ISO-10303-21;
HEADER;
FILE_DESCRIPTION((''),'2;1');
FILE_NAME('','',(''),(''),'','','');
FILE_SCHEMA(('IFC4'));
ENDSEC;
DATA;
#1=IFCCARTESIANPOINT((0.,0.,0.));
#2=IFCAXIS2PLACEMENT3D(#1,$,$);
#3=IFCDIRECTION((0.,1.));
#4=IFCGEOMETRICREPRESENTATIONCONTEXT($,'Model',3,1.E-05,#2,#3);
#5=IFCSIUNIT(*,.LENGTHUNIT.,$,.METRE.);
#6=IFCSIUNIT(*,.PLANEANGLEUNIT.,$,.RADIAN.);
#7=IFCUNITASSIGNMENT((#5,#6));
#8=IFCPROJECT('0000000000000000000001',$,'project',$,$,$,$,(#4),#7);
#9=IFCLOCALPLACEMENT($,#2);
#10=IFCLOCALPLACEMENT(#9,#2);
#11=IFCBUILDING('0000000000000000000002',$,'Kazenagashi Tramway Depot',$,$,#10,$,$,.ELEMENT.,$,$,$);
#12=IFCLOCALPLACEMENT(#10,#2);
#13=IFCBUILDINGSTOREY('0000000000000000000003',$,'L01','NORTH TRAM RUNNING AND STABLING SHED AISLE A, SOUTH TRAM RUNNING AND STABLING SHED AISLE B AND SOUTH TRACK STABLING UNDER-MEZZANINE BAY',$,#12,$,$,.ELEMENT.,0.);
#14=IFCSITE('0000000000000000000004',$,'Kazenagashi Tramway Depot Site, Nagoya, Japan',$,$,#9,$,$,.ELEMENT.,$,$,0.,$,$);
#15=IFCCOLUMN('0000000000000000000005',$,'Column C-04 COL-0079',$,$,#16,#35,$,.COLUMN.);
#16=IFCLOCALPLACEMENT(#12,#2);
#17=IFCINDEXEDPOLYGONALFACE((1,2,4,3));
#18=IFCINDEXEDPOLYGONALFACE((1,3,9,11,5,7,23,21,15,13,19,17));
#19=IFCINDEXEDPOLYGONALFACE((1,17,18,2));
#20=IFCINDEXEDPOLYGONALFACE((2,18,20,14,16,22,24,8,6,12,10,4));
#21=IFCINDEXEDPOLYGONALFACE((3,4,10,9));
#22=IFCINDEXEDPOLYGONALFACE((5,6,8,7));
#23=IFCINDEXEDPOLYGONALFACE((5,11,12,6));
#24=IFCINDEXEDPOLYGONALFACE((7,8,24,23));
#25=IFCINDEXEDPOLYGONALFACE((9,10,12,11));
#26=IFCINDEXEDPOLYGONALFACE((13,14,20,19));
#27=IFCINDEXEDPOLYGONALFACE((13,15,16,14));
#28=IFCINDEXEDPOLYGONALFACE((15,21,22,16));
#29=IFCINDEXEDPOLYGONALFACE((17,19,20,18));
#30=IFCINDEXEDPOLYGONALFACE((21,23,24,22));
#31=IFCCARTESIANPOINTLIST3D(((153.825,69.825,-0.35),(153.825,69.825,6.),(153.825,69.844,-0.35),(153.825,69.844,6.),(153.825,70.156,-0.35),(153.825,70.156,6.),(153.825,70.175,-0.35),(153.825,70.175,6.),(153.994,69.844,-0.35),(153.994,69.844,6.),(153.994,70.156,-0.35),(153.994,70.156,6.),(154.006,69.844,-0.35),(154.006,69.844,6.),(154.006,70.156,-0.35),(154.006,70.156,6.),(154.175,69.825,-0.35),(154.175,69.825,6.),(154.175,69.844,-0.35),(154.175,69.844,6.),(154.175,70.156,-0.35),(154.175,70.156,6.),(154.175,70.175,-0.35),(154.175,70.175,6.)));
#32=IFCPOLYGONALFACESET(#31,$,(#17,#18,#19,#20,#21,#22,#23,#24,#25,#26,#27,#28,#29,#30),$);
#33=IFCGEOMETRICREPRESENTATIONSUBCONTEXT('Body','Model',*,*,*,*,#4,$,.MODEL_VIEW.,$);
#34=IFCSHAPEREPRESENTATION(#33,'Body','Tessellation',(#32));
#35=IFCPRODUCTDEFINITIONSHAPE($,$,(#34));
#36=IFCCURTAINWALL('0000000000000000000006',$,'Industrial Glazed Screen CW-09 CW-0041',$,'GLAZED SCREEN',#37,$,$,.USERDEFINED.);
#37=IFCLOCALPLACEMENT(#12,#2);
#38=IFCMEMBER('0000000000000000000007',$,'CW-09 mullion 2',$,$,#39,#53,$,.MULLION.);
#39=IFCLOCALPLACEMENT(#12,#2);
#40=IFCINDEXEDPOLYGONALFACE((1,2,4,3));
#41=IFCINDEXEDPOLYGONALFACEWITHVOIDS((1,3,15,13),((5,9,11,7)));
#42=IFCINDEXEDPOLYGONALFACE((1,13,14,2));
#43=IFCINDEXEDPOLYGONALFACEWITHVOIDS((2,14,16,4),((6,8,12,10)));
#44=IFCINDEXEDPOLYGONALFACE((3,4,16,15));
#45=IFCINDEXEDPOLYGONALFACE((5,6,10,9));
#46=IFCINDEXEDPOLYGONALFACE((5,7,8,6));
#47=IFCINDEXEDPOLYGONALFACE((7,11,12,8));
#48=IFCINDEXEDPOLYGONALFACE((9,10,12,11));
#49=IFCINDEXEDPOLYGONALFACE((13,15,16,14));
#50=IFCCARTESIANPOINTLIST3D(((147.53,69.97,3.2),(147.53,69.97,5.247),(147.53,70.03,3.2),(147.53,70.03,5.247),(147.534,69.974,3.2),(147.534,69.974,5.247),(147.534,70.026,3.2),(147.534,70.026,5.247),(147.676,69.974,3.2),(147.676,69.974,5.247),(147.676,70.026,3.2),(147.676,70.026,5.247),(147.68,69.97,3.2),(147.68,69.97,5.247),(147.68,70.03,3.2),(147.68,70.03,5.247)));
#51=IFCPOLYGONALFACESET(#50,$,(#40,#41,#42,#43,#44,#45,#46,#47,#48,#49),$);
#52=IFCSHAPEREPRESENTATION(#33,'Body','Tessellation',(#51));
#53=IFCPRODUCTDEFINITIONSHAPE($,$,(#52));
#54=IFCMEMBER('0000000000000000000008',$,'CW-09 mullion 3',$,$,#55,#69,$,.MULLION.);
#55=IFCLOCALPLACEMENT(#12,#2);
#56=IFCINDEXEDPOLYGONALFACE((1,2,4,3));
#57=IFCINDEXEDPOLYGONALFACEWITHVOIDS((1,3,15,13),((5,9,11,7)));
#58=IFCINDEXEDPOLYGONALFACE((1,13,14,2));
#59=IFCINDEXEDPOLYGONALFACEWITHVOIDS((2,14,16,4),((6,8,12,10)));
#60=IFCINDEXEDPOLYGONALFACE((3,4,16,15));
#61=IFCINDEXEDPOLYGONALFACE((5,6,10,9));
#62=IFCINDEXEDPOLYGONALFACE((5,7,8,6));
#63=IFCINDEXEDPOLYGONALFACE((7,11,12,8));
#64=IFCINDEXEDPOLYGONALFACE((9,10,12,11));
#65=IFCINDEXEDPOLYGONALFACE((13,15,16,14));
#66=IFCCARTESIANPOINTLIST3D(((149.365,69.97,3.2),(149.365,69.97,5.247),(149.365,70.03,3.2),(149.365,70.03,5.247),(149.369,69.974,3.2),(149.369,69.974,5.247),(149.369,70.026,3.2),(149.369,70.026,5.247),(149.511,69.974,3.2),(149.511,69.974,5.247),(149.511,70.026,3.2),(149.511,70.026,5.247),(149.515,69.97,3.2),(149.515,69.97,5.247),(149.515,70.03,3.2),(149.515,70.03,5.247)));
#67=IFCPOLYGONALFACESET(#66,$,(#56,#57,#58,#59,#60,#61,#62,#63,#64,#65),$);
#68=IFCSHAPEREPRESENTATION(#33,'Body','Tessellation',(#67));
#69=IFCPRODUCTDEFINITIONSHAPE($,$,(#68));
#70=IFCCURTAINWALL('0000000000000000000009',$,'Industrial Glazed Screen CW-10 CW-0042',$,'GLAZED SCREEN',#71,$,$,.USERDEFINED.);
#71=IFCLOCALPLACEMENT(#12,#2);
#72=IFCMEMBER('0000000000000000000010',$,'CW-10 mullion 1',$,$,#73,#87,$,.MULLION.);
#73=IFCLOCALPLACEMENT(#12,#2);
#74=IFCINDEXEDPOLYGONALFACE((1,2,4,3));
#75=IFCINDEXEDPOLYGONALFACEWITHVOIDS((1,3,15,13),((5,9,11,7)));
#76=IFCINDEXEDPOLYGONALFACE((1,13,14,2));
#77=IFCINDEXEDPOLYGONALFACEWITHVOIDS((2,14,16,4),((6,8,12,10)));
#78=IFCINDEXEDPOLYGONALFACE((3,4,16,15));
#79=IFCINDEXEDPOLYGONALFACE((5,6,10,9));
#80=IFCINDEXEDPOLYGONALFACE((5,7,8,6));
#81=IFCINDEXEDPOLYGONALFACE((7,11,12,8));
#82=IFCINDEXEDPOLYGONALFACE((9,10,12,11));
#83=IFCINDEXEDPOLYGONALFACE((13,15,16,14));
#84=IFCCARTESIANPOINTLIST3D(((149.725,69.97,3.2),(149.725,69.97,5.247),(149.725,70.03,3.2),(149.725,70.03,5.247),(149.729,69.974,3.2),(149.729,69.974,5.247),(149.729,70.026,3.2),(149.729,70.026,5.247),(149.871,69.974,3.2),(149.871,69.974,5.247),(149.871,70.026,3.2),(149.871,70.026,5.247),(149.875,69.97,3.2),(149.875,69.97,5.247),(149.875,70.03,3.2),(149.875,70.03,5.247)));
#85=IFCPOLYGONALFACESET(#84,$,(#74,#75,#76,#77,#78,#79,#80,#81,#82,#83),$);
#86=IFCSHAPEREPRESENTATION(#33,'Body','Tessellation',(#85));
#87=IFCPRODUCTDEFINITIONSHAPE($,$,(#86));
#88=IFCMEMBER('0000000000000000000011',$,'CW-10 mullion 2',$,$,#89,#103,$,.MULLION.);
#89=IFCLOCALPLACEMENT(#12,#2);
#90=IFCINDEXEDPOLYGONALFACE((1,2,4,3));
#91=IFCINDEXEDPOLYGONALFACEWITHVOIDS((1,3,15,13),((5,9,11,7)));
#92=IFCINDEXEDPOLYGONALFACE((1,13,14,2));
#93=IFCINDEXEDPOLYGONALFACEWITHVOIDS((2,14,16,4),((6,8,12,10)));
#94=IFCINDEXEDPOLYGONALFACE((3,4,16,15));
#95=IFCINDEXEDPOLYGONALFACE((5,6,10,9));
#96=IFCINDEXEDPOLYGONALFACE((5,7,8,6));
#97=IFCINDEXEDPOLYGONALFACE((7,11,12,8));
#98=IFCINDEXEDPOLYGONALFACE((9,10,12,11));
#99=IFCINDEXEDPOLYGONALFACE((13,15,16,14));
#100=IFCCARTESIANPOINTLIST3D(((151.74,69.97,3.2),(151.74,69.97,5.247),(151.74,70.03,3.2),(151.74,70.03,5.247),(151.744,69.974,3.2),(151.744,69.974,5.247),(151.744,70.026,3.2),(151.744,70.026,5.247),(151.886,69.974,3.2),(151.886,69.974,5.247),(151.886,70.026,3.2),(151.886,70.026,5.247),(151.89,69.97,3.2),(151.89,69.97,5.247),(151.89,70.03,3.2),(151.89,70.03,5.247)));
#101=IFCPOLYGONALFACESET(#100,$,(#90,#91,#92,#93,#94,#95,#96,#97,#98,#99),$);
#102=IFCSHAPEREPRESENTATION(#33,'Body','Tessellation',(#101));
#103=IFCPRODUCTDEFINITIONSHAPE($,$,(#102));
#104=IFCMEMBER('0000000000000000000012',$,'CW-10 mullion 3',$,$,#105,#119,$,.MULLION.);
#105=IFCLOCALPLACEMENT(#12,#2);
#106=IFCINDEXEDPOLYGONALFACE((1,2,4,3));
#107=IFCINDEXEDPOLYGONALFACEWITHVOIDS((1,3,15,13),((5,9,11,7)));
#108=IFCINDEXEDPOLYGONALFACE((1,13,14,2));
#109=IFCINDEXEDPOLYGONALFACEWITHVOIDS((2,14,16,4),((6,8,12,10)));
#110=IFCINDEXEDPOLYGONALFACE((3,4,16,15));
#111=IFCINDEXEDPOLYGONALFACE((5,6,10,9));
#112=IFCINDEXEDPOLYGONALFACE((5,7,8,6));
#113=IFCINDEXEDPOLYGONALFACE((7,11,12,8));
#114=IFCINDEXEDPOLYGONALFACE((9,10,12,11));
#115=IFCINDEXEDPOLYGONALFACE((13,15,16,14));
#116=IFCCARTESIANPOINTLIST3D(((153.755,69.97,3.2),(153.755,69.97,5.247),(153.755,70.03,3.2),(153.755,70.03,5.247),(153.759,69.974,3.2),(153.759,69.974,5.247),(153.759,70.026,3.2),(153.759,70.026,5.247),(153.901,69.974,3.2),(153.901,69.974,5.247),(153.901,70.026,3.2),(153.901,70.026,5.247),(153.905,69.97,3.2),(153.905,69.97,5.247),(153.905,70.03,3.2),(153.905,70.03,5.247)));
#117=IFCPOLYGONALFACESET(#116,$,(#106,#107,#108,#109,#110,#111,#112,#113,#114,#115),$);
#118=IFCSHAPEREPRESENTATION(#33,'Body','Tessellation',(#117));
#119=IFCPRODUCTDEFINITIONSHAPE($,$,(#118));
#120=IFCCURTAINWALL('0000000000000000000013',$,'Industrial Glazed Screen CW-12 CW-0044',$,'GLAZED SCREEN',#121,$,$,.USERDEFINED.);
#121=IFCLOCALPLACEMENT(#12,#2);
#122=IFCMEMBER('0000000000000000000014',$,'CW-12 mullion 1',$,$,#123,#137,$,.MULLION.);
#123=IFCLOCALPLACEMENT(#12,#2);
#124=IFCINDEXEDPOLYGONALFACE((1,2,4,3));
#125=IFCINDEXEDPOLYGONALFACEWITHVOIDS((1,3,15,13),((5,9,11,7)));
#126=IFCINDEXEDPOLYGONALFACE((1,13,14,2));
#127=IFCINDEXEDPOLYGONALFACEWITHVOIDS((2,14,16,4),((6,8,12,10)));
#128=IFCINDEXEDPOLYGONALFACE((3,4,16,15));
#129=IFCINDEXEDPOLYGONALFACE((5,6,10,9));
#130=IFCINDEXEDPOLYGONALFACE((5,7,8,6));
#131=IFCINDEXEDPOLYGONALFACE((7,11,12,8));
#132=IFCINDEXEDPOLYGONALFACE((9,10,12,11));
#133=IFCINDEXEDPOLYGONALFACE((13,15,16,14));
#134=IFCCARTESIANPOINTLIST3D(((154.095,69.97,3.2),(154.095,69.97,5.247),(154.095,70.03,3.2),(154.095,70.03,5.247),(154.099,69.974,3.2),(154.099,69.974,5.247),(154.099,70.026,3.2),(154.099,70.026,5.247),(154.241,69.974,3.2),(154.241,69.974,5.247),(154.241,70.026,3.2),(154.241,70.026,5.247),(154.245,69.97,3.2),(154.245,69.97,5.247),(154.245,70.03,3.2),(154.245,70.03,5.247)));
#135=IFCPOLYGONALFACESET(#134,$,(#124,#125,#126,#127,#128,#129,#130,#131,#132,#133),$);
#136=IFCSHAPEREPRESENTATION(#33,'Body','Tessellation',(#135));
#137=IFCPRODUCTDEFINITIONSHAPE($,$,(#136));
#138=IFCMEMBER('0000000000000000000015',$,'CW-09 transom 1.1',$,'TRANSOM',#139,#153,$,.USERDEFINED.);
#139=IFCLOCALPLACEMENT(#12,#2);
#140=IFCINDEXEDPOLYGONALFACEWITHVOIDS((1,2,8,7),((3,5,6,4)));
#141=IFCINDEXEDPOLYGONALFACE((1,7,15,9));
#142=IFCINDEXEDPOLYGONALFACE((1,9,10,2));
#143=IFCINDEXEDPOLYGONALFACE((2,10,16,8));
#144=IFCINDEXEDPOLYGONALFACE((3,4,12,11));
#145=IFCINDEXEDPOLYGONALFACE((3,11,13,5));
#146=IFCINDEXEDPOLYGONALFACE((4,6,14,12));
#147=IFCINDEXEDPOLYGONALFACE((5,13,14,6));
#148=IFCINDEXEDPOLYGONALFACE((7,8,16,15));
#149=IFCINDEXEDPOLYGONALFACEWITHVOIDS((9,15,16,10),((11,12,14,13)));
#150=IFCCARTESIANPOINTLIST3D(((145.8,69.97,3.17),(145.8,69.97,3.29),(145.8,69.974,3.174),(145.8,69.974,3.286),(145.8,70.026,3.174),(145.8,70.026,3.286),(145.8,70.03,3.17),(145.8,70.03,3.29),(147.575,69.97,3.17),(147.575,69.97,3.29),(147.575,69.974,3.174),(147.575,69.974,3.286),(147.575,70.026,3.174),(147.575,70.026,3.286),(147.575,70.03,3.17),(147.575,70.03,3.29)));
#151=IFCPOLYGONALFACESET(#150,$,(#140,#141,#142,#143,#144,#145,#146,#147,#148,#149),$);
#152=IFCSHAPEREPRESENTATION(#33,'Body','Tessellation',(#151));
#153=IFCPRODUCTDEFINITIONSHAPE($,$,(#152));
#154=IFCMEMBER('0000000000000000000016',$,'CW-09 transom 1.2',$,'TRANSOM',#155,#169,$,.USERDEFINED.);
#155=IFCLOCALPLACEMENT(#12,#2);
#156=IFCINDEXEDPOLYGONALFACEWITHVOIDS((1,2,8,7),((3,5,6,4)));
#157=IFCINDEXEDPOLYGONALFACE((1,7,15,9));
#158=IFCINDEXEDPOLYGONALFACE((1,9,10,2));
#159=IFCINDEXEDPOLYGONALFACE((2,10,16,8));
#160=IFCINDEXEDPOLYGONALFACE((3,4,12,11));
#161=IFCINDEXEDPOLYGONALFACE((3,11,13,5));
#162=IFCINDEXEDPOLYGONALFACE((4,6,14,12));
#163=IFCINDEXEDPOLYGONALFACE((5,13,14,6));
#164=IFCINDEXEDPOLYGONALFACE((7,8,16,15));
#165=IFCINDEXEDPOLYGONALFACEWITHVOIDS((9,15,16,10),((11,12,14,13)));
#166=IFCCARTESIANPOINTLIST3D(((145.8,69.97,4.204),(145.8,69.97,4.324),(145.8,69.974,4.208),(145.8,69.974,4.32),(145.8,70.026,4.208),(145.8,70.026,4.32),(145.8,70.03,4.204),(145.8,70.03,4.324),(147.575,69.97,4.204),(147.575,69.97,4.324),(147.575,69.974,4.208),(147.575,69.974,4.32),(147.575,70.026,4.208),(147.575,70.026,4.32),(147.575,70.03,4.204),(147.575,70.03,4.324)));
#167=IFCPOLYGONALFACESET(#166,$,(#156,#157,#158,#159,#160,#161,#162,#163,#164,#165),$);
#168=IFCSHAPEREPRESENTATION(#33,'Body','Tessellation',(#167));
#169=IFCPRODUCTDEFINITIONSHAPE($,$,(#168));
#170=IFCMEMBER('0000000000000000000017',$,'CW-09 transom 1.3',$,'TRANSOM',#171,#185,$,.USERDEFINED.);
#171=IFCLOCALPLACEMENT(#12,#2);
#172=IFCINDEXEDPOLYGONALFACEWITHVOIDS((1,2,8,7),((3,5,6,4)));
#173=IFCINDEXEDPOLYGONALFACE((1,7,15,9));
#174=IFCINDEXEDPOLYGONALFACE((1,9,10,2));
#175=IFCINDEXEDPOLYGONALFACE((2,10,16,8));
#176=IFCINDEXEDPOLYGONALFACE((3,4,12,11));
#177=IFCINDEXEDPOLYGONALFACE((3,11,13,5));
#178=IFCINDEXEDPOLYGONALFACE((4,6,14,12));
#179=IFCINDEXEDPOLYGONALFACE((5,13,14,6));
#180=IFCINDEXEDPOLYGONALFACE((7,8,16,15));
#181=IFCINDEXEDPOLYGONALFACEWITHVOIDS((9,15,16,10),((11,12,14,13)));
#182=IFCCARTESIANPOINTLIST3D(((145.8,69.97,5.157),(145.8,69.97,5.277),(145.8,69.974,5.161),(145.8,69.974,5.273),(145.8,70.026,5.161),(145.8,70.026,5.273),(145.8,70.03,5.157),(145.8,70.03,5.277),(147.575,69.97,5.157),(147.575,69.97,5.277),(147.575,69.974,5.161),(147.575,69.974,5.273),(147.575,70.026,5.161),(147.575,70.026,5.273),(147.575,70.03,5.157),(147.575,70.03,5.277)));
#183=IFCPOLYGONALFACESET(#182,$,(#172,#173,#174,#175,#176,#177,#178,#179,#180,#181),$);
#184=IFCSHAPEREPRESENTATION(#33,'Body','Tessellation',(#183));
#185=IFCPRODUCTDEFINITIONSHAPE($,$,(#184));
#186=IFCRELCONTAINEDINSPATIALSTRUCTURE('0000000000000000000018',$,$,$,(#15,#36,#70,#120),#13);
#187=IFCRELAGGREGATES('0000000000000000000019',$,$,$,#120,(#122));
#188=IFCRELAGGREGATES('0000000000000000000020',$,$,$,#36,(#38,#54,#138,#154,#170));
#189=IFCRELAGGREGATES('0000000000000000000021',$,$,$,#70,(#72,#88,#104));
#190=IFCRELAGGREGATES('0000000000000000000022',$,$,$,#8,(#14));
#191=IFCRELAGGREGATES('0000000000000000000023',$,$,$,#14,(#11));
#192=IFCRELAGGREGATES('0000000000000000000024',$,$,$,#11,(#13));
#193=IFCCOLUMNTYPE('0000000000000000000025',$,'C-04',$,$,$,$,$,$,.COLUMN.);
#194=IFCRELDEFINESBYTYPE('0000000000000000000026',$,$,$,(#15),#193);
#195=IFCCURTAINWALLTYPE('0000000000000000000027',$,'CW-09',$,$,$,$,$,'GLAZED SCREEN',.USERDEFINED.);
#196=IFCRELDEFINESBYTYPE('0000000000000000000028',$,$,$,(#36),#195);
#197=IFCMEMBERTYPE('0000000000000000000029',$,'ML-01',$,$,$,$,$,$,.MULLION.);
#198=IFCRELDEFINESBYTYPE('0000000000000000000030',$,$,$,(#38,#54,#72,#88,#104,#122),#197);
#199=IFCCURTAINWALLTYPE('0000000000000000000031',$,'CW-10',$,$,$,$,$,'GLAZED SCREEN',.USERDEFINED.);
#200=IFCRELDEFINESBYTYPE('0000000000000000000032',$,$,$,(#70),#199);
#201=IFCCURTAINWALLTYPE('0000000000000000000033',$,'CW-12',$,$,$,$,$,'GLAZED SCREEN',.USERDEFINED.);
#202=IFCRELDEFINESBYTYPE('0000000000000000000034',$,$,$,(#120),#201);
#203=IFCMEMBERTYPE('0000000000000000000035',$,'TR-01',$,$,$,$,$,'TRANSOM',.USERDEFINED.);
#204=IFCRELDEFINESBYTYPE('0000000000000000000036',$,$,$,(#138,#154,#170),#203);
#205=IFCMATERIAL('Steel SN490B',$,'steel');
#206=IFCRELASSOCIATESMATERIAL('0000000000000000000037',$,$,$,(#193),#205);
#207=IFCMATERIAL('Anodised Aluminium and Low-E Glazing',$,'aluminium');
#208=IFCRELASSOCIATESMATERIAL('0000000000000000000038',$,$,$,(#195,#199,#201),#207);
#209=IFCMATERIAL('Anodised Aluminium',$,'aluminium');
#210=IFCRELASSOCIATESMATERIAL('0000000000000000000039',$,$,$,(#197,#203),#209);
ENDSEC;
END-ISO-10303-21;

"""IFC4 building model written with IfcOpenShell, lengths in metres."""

from ifc_helpers import new_model, si_unit, direction, frame, origin, origin_2d, place, context, subcontext, project, spatial, hollow_rectangle, i_section, extrude, material, material_profile, profile_set, type_object, element, aggregate, save


model = new_model("IFC4")

# Units and contexts
model_context = context("Model", 3, precision=1e-05, world=origin(), true_north=direction((0.0, 1.0)))
body_context = subcontext(model_context, "Body", "Model", "MODEL_VIEW")
ifc_project = project(units=[si_unit("LENGTHUNIT", "METRE"), si_unit("PLANEANGLEUNIT", "RADIAN")], contexts=[model_context])

# Site, building, storey
site_placement = place(None, origin())
site = spatial("IfcSite", under=ifc_project, at=site_placement, Name="Kazenagashi Tramway Depot Site, Nagoya, Japan", CompositionType="ELEMENT", RefElevation=0.0)
building_placement = place(site_placement, origin())
building = spatial("IfcBuilding", under=site, at=building_placement, Name="Kazenagashi Tramway Depot", CompositionType="ELEMENT")
storey_placement = place(building_placement, origin())
storey = spatial("IfcBuildingStorey", under=building, at=storey_placement, Name="L01", Description="NORTH TRAM RUNNING AND STABLING SHED AISLE A, SOUTH TRAM RUNNING AND STABLING SHED AISLE B AND SOUTH TRACK STABLING UNDER-MEZZANINE BAY", CompositionType="ELEMENT", Elevation=0.0)

# Column
ifc_material_1 = material(Name="Steel SN490B", Category="steel")
ifc_material_profile_1 = material_profile(ifc_material_1, i_section(OverallWidth=0.35, OverallDepth=0.35, WebThickness=0.012, FlangeThickness=0.019, at=origin_2d()), Name="H-350x350x12x19")
ifc_profile_set_1 = profile_set([ifc_material_profile_1], Name="Steel SN490B")
column_type = type_object("IfcColumnType", Name="C-04", PredefinedType="COLUMN", material=ifc_profile_set_1)
column_placement = place(storey_placement, frame((154.0, 70.0, -0.35), z_axis=(0.0, 0.0, 1.0), x_axis=(1.0, 0.0, 0.0)))
element("IfcColumn", 1, at=column_placement, inside=storey, type_object=column_type, Name="Column C-04 COL-0079", PredefinedType="COLUMN", context=body_context, shape_type="SweptSolid", body=[
    extrude(i_section(OverallWidth=0.35, OverallDepth=0.35, WebThickness=0.012, FlangeThickness=0.019, at=origin_2d()), origin(), (0.0, 0.0, 1.0), 6.35),
])

# Curtain walls, members
ifc_material_2 = material(Name="Anodised Aluminium and Low-E Glazing", Category="aluminium")
curtain_wall_type_1 = type_object("IfcCurtainWallType", Name="CW-09", ElementType="GLAZED SCREEN", PredefinedType="USERDEFINED", material=ifc_material_2)
curtain_wall_1_placement = place(storey_placement, origin())
curtain_wall_1 = element("IfcCurtainWall", 2, at=curtain_wall_1_placement, inside=storey, type_object=curtain_wall_type_1, Name="Industrial Glazed Screen CW-09 CW-0041", ObjectType="GLAZED SCREEN", PredefinedType="USERDEFINED")
ifc_material_3 = material(Name="Anodised Aluminium", Category="aluminium")
ifc_material_profile_2 = material_profile(ifc_material_3, hollow_rectangle(XDim=0.06, YDim=0.15, WallThickness=0.004, at=origin_2d()), Name="RHS-150x60x4")
ifc_profile_set_2 = profile_set([ifc_material_profile_2], Name="Anodised Aluminium")
member_type_1 = type_object("IfcMemberType", Name="ML-01", PredefinedType="MULLION", material=ifc_profile_set_2)
member_1_placement = place(storey_placement, frame((147.605, 70.0, 3.2), z_axis=(0.0, 0.0, 1.0), x_axis=(0.0, 1.0, 0.0)))
member_1 = element("IfcMember", 3, at=member_1_placement, type_object=member_type_1, Name="CW-09 mullion 2", PredefinedType="MULLION", context=body_context, shape_type="SweptSolid", body=[
    extrude(hollow_rectangle(XDim=0.06, YDim=0.15, WallThickness=0.004, at=origin_2d()), origin(), (0.0, 0.0, 1.0), 2.047),
])
member_2_placement = place(storey_placement, frame((149.44, 70.0, 3.2), z_axis=(0.0, 0.0, 1.0), x_axis=(0.0, 1.0, 0.0)))
member_2 = element("IfcMember", 4, at=member_2_placement, type_object=member_type_1, Name="CW-09 mullion 3", PredefinedType="MULLION", context=body_context, shape_type="SweptSolid", body=[
    extrude(hollow_rectangle(XDim=0.06, YDim=0.15, WallThickness=0.004, at=origin_2d()), origin(), (0.0, 0.0, 1.0), 2.047),
])
curtain_wall_type_2 = type_object("IfcCurtainWallType", Name="CW-10", ElementType="GLAZED SCREEN", PredefinedType="USERDEFINED", material=ifc_material_2)
curtain_wall_2_placement = place(storey_placement, origin())
curtain_wall_2 = element("IfcCurtainWall", 5, at=curtain_wall_2_placement, inside=storey, type_object=curtain_wall_type_2, Name="Industrial Glazed Screen CW-10 CW-0042", ObjectType="GLAZED SCREEN", PredefinedType="USERDEFINED")
member_3_placement = place(storey_placement, frame((149.8, 70.0, 3.2), z_axis=(0.0, 0.0, 1.0), x_axis=(0.0, 1.0, 0.0)))
member_3 = element("IfcMember", 6, at=member_3_placement, type_object=member_type_1, Name="CW-10 mullion 1", PredefinedType="MULLION", context=body_context, shape_type="SweptSolid", body=[
    extrude(hollow_rectangle(XDim=0.06, YDim=0.15, WallThickness=0.004, at=origin_2d()), origin(), (0.0, 0.0, 1.0), 2.047),
])
member_4_placement = place(storey_placement, frame((151.815, 70.0, 3.2), z_axis=(0.0, 0.0, 1.0), x_axis=(0.0, 1.0, 0.0)))
member_4 = element("IfcMember", 7, at=member_4_placement, type_object=member_type_1, Name="CW-10 mullion 2", PredefinedType="MULLION", context=body_context, shape_type="SweptSolid", body=[
    extrude(hollow_rectangle(XDim=0.06, YDim=0.15, WallThickness=0.004, at=origin_2d()), origin(), (0.0, 0.0, 1.0), 2.047),
])
member_5_placement = place(storey_placement, frame((153.83, 70.0, 3.2), z_axis=(0.0, 0.0, 1.0), x_axis=(0.0, 1.0, 0.0)))
member_5 = element("IfcMember", 8, at=member_5_placement, type_object=member_type_1, Name="CW-10 mullion 3", PredefinedType="MULLION", context=body_context, shape_type="SweptSolid", body=[
    extrude(hollow_rectangle(XDim=0.06, YDim=0.15, WallThickness=0.004, at=origin_2d()), origin(), (0.0, 0.0, 1.0), 2.047),
])

# Curtain wall, member
curtain_wall_type_3 = type_object("IfcCurtainWallType", Name="CW-12", ElementType="GLAZED SCREEN", PredefinedType="USERDEFINED", material=ifc_material_2)
curtain_wall_3_placement = place(storey_placement, origin())
curtain_wall_3 = element("IfcCurtainWall", 9, at=curtain_wall_3_placement, inside=storey, type_object=curtain_wall_type_3, Name="Industrial Glazed Screen CW-12 CW-0044", ObjectType="GLAZED SCREEN", PredefinedType="USERDEFINED")
member_6_placement = place(storey_placement, frame((154.17, 70.0, 3.2), z_axis=(0.0, 0.0, 1.0), x_axis=(0.0, 1.0, 0.0)))
member_6 = element("IfcMember", 10, at=member_6_placement, type_object=member_type_1, Name="CW-12 mullion 1", PredefinedType="MULLION", context=body_context, shape_type="SweptSolid", body=[
    extrude(hollow_rectangle(XDim=0.06, YDim=0.15, WallThickness=0.004, at=origin_2d()), origin(), (0.0, 0.0, 1.0), 2.047),
])

# Members
ifc_material_profile_3 = material_profile(ifc_material_3, hollow_rectangle(XDim=0.06, YDim=0.12, WallThickness=0.004, at=origin_2d()), Name="RHS-120x60x4")
ifc_profile_set_3 = profile_set([ifc_material_profile_3], Name="Anodised Aluminium")
member_type_2 = type_object("IfcMemberType", Name="TR-01", ElementType="TRANSOM", PredefinedType="USERDEFINED", material=ifc_profile_set_3)
member_7_placement = place(storey_placement, frame((145.8, 70.0, 3.23), z_axis=(1.0, 0.0, 0.0), x_axis=(0.0, 1.0, 0.0)))
member_7 = element("IfcMember", 11, at=member_7_placement, type_object=member_type_2, Name="CW-09 transom 1.1", ObjectType="TRANSOM", PredefinedType="USERDEFINED", context=body_context, shape_type="SweptSolid", body=[
    extrude(hollow_rectangle(XDim=0.06, YDim=0.12, WallThickness=0.004, at=origin_2d()), origin(), (0.0, 0.0, 1.0), 1.775),
])
member_8_placement = place(storey_placement, frame((145.8, 70.0, 4.264), z_axis=(1.0, 0.0, 0.0), x_axis=(0.0, 1.0, 0.0)))
member_8 = element("IfcMember", 12, at=member_8_placement, type_object=member_type_2, Name="CW-09 transom 1.2", ObjectType="TRANSOM", PredefinedType="USERDEFINED", context=body_context, shape_type="SweptSolid", body=[
    extrude(hollow_rectangle(XDim=0.06, YDim=0.12, WallThickness=0.004, at=origin_2d()), origin(), (0.0, 0.0, 1.0), 1.775),
])
member_9_placement = place(storey_placement, frame((145.8, 70.0, 5.217), z_axis=(1.0, 0.0, 0.0), x_axis=(0.0, 1.0, 0.0)))
member_9 = element("IfcMember", 13, at=member_9_placement, type_object=member_type_2, Name="CW-09 transom 1.3", ObjectType="TRANSOM", PredefinedType="USERDEFINED", context=body_context, shape_type="SweptSolid", body=[
    extrude(hollow_rectangle(XDim=0.06, YDim=0.12, WallThickness=0.004, at=origin_2d()), origin(), (0.0, 0.0, 1.0), 1.775),
])
aggregate(curtain_wall_3, [member_6])

aggregate(curtain_wall_1, [member_1, member_2, member_7, member_8, member_9])
aggregate(curtain_wall_2, [member_3, member_4, member_5])

save(model, "model.ifc")
